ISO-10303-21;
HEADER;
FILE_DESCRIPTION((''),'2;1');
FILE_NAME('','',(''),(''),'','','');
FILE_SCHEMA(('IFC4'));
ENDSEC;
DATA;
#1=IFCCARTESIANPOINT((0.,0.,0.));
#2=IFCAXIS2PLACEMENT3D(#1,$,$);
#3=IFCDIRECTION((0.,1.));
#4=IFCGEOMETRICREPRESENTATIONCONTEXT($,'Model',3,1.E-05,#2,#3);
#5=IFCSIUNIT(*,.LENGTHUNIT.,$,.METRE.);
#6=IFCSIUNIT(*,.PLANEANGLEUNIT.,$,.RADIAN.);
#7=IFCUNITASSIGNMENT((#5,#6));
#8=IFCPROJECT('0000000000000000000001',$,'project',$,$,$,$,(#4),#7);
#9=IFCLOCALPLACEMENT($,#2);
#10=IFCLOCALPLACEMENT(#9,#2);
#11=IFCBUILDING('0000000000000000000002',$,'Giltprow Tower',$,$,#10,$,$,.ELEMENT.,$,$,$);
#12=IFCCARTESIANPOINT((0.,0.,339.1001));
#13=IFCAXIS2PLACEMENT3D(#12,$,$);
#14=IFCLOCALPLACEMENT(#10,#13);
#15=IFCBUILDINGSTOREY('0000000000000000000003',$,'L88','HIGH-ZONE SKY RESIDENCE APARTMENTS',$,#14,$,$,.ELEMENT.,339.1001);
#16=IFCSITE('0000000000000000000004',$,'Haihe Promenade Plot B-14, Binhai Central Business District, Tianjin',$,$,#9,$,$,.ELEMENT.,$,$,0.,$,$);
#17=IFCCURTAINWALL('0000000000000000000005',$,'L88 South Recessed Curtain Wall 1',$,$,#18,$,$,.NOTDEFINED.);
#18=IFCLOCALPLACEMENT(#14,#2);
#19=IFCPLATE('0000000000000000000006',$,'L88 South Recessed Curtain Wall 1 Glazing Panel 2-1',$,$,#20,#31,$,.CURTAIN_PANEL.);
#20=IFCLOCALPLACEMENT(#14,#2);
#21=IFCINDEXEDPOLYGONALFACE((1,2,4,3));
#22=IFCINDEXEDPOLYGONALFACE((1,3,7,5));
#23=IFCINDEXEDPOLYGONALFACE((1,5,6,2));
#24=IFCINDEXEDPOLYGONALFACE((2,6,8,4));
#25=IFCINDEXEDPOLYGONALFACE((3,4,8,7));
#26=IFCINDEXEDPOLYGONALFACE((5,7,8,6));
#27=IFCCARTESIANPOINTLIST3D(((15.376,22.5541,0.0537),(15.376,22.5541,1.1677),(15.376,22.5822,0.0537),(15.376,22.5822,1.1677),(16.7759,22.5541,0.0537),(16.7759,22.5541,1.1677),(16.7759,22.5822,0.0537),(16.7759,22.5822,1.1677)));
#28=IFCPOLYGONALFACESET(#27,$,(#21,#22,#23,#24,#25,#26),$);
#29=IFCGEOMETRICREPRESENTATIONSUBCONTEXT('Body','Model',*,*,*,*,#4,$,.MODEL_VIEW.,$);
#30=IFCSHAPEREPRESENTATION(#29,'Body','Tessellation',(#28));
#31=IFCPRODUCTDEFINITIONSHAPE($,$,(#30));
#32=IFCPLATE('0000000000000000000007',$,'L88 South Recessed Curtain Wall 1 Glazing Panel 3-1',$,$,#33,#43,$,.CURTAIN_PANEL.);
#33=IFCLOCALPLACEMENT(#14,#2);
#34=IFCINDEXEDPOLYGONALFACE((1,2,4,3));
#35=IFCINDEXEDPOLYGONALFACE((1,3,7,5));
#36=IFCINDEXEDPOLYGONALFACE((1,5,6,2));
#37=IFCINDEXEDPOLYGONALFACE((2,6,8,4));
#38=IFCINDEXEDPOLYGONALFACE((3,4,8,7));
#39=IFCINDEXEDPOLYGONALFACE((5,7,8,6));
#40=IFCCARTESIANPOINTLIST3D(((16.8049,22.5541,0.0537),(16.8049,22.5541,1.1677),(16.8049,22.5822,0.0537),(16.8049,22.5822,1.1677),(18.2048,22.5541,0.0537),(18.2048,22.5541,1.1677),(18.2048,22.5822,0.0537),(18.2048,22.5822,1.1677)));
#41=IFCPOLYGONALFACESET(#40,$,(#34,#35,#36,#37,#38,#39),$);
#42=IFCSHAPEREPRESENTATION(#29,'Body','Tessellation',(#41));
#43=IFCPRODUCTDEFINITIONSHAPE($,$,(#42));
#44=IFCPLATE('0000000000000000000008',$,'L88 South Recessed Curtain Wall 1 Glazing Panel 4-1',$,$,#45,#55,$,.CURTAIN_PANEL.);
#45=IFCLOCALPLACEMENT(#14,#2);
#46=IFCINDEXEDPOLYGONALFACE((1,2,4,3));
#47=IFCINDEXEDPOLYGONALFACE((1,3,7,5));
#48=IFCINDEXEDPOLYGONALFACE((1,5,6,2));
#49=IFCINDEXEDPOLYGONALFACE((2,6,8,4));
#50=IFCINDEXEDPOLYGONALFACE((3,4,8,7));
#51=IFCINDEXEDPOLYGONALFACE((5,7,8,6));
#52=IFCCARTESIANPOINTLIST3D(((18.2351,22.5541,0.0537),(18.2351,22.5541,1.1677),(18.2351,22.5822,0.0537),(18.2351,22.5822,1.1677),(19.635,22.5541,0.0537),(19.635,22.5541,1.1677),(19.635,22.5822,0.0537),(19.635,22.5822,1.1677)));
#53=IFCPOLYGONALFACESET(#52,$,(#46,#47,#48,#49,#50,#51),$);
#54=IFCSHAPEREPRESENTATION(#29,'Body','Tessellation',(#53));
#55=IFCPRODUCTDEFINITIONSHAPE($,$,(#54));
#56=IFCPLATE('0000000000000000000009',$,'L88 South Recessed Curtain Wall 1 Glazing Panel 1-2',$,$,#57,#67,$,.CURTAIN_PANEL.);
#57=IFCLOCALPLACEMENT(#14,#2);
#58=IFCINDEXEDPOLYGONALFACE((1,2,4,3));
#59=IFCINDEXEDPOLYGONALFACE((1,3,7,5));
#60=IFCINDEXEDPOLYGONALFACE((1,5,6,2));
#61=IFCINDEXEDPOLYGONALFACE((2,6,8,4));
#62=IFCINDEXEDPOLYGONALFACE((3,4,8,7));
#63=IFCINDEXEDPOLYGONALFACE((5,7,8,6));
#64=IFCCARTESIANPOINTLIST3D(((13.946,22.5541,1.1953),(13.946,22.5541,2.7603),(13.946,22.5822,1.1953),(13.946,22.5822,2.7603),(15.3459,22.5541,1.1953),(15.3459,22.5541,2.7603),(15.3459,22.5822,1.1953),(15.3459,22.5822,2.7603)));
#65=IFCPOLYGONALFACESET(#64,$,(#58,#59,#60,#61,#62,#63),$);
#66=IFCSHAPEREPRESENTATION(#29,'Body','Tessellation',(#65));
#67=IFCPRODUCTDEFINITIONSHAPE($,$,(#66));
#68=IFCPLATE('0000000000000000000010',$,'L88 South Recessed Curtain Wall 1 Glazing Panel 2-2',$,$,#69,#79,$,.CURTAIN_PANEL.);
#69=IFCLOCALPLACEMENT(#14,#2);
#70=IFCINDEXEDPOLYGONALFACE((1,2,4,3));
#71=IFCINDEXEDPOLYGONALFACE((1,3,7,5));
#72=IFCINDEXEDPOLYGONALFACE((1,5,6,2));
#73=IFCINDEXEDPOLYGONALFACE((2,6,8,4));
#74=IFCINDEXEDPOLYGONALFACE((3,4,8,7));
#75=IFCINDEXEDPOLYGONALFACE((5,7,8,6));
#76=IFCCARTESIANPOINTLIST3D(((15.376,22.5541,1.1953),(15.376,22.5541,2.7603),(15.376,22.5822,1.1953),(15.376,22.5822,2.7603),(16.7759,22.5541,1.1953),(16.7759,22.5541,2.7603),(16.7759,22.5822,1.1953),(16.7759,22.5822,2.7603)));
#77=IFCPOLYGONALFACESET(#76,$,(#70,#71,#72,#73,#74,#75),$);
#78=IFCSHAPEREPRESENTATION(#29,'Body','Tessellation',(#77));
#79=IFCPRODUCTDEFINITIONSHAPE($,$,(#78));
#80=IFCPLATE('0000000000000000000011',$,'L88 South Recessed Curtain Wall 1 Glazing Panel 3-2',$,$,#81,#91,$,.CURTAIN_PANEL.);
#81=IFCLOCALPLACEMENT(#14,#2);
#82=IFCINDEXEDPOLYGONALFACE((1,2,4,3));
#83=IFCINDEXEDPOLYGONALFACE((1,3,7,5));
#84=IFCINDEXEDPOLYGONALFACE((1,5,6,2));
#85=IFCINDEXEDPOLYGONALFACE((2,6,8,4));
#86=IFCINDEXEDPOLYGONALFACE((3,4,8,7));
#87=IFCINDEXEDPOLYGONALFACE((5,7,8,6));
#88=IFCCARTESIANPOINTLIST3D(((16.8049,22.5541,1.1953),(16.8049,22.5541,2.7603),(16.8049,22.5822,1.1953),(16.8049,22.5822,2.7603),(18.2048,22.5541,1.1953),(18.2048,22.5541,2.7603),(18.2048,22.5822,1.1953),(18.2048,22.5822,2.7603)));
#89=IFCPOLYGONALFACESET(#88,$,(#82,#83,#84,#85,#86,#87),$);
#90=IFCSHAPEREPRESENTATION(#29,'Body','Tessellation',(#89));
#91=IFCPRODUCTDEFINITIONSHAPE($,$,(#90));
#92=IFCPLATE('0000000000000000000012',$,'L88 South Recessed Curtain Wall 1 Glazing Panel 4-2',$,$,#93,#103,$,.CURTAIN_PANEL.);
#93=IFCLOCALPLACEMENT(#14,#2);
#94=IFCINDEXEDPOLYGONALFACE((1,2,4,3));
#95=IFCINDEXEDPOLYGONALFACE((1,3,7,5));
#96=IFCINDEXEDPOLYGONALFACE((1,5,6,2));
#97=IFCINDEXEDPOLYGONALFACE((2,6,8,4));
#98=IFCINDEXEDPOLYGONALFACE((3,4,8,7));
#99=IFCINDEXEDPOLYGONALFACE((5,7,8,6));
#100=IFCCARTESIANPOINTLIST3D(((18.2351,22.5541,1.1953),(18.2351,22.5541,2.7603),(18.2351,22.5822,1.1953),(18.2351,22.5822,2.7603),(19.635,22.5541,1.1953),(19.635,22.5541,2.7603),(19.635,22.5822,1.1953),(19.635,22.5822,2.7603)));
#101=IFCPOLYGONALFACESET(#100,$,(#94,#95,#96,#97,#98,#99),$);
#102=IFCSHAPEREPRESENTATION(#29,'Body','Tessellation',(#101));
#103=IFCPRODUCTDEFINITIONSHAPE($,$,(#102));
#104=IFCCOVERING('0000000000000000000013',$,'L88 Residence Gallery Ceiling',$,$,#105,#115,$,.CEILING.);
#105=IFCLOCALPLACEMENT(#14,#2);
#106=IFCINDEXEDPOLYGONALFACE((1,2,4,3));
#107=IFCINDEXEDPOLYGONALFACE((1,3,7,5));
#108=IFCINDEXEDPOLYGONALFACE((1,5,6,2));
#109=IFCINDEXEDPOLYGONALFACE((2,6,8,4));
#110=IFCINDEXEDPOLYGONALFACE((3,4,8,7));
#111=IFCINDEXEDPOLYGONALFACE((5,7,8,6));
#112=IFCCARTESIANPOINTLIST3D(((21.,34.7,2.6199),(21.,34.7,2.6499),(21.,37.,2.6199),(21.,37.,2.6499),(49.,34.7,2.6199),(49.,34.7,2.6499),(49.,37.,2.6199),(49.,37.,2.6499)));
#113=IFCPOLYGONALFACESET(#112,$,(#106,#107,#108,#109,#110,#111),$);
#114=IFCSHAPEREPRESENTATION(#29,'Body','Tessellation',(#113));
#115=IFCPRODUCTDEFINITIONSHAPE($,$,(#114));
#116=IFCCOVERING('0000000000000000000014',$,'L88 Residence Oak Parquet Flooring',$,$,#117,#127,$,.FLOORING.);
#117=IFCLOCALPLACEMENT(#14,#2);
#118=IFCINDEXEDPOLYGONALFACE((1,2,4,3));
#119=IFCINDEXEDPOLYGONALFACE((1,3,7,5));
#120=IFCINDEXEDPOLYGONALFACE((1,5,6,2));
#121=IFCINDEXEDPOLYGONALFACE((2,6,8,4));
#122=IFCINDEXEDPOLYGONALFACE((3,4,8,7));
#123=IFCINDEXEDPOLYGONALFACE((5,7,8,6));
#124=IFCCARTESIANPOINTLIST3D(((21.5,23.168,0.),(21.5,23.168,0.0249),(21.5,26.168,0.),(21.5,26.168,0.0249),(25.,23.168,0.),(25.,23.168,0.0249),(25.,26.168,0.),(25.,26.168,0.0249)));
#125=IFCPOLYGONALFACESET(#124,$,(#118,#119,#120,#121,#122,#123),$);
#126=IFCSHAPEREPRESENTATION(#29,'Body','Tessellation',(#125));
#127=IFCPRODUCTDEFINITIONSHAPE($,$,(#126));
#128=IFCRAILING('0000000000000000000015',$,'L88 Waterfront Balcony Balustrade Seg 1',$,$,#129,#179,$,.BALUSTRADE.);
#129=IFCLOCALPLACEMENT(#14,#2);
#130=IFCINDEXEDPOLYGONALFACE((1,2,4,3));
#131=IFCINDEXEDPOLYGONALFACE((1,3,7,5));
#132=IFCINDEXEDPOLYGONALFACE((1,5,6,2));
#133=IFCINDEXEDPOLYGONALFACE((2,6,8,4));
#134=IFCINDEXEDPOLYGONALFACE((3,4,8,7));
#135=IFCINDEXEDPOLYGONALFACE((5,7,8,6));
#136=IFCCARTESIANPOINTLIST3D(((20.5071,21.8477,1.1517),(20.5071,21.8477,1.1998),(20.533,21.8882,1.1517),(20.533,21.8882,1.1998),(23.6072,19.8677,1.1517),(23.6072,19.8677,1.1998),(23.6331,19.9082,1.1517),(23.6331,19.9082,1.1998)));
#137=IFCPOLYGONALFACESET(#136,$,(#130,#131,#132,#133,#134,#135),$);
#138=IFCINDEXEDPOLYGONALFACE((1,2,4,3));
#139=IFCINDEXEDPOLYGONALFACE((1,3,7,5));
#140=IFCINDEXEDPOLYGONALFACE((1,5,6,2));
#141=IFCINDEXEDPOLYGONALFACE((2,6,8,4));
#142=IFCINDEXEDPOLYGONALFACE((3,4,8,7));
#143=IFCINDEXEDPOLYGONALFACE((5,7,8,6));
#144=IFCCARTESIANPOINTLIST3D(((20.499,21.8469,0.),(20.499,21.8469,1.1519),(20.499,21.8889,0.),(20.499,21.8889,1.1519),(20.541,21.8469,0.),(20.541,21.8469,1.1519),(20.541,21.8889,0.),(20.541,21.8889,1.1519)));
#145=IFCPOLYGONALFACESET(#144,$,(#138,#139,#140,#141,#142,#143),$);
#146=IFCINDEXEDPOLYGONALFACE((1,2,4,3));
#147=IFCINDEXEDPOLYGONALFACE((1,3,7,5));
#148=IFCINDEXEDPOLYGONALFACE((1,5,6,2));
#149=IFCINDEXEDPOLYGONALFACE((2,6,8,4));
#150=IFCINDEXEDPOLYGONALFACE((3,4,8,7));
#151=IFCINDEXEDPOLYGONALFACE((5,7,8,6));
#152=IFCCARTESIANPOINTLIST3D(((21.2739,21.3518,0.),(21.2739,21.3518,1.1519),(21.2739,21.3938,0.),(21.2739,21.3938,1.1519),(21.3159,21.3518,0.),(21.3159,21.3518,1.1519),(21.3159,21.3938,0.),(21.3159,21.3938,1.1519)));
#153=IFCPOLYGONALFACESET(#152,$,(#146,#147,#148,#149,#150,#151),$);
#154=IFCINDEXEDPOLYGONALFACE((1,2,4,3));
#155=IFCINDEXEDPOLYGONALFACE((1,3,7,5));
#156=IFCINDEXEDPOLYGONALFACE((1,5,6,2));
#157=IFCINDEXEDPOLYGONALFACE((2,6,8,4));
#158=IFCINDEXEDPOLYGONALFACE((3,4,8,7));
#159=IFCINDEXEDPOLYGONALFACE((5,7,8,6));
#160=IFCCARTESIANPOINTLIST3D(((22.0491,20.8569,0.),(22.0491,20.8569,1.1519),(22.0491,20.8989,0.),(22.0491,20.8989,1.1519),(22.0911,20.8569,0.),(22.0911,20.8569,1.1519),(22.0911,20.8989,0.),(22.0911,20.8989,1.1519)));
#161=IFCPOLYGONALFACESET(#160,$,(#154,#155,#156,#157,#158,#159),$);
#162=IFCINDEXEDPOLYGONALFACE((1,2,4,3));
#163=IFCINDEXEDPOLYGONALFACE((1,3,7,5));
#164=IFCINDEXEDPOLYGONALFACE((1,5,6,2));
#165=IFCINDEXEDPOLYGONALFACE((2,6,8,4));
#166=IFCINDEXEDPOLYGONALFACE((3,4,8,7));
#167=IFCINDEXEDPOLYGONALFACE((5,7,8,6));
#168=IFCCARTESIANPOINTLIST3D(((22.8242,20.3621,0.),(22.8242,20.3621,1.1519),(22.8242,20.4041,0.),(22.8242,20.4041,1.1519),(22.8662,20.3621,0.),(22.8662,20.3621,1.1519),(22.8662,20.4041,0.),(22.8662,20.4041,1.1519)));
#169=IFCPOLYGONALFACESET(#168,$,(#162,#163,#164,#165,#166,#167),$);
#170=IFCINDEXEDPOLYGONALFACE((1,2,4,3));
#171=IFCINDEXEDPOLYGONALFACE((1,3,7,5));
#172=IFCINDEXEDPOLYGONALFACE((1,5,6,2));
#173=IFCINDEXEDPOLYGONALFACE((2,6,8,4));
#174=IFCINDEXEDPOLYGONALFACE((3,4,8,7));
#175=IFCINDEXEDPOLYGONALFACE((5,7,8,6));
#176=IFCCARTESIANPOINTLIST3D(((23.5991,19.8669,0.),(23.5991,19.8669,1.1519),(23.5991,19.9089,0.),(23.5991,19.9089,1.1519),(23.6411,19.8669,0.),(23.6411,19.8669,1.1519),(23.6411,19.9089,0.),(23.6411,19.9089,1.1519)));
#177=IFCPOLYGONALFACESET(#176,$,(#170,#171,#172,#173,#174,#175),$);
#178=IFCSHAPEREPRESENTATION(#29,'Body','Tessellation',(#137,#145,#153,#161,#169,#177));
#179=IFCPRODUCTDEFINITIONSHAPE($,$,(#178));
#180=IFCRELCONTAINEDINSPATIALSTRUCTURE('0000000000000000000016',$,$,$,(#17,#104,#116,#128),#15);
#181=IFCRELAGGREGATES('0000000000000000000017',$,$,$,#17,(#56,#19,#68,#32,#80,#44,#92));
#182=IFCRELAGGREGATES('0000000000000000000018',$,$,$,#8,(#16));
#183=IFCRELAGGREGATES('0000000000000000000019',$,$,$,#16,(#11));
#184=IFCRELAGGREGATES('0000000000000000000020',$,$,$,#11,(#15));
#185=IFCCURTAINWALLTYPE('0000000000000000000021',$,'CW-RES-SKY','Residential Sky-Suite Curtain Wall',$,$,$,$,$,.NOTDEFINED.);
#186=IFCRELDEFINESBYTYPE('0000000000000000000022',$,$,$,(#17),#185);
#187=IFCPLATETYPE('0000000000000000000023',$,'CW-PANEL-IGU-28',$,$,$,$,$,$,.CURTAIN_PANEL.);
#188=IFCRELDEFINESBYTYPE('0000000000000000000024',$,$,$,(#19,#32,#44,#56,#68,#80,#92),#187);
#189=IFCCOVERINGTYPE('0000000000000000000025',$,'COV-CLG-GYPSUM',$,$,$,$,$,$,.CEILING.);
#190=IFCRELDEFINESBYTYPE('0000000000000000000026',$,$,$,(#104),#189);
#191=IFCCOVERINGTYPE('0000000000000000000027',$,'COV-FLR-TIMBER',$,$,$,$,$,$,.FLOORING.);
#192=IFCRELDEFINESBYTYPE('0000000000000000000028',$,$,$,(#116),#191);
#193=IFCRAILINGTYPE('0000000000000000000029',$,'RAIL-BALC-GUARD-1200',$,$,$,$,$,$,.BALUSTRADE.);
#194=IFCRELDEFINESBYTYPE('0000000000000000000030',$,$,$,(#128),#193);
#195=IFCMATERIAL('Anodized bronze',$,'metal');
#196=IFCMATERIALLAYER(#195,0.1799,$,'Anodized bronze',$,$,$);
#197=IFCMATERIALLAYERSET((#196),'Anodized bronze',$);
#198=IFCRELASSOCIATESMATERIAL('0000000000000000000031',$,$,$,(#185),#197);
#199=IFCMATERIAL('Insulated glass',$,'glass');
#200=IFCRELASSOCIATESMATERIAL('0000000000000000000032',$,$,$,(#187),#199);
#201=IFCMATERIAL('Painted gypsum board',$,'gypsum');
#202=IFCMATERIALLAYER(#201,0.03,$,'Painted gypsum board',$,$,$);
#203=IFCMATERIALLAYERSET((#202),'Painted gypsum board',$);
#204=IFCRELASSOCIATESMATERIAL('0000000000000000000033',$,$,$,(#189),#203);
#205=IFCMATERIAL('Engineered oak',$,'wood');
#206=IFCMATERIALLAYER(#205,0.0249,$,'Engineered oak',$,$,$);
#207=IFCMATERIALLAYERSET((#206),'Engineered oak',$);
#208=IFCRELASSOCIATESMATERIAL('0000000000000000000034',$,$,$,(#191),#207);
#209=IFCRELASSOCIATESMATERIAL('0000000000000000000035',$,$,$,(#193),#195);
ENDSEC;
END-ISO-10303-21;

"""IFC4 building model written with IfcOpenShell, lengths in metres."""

from ifc_helpers import new_model, si_unit, direction, frame, origin, origin_2d, place, context, subcontext, project, spatial, polyline, rectangle, outline, extrude, source, transform, mapped, material, layer, layer_set, type_object, element, aggregate, save


model = new_model("IFC4")

# Units and contexts
model_context = context("Model", 3, precision=1e-05, world=origin(), true_north=direction((0.0, 1.0)))
body_context = subcontext(model_context, "Body", "Model", "MODEL_VIEW")
ifc_project = project(units=[si_unit("LENGTHUNIT", "METRE"), si_unit("PLANEANGLEUNIT", "RADIAN")], contexts=[model_context])

# Site, building, storey
site_placement = place(None, origin())
site = spatial("IfcSite", under=ifc_project, at=site_placement, Name="Haihe Promenade Plot B-14, Binhai Central Business District, Tianjin", CompositionType="ELEMENT", RefElevation=0.0)
building_placement = place(site_placement, origin())
building = spatial("IfcBuilding", under=site, at=building_placement, Name="Giltprow Tower", CompositionType="ELEMENT")
storey_placement = place(building_placement, frame((0.0, 0.0, 339.1001)))
storey = spatial("IfcBuildingStorey", under=building, at=storey_placement, Name="L88", Description="HIGH-ZONE SKY RESIDENCE APARTMENTS", CompositionType="ELEMENT", Elevation=339.1001)

# Curtain wall
ifc_material_1 = material(Name="Anodized bronze", Category="metal")
ifc_layer_1 = layer(ifc_material_1, 0.1799, Name="Anodized bronze")
ifc_layer_set_1 = layer_set([ifc_layer_1], Name="Anodized bronze")
curtain_wall_type = type_object("IfcCurtainWallType", Name="CW-RES-SKY", Description="Residential Sky-Suite Curtain Wall", PredefinedType="NOTDEFINED", material=ifc_layer_set_1)
curtain_wall_placement = place(storey_placement, origin())
curtain_wall = element("IfcCurtainWall", 1, at=curtain_wall_placement, inside=storey, type_object=curtain_wall_type, Name="L88 South Recessed Curtain Wall 1", PredefinedType="NOTDEFINED")

# Plates
ifc_material_2 = material(Name="Insulated glass", Category="glass")
plate_type = type_object("IfcPlateType", Name="CW-PANEL-IGU-28", PredefinedType="CURTAIN_PANEL", material=ifc_material_2)
shared_shape_1 = source(origin(), body_context, "Body", "SweptSolid", [
    extrude(rectangle(XDim=1.3999, YDim=0.0281, at=origin_2d()), origin(), (0.0, 0.0, 1.0), 1.114),
])
plate_1_placement = place(storey_placement, frame((16.0759, 22.5681, 0.0537), z_axis=(0.0, 0.0, 1.0), x_axis=(1.0, 0.0, 0.0)))
plate_1 = element("IfcPlate", 2, at=plate_1_placement, type_object=plate_type, Name="L88 South Recessed Curtain Wall 1 Glazing Panel 2-1", PredefinedType="CURTAIN_PANEL", context=body_context, shape_type="MappedRepresentation", body=[
    mapped(shared_shape_1, transform((0.0, 0.0, 0.0), x_axis=(1.0, 0.0, 0.0), y_axis=(0.0, 1.0, 0.0), z_axis=(0.0, 0.0, 1.0), scale=1.0)),
])
plate_2_placement = place(storey_placement, frame((17.5049, 22.5681, 0.0537), z_axis=(0.0, 0.0, 1.0), x_axis=(1.0, 0.0, 0.0)))
plate_2 = element("IfcPlate", 3, at=plate_2_placement, type_object=plate_type, Name="L88 South Recessed Curtain Wall 1 Glazing Panel 3-1", PredefinedType="CURTAIN_PANEL", context=body_context, shape_type="MappedRepresentation", body=[
    mapped(shared_shape_1, transform((0.0, 0.0, 0.0), x_axis=(1.0, 0.0, 0.0), y_axis=(0.0, 1.0, 0.0), z_axis=(0.0, 0.0, 1.0), scale=1.0)),
])
plate_3_placement = place(storey_placement, frame((18.9351, 22.5681, 0.0537), z_axis=(0.0, 0.0, 1.0), x_axis=(1.0, 0.0, 0.0)))
plate_3 = element("IfcPlate", 4, at=plate_3_placement, type_object=plate_type, Name="L88 South Recessed Curtain Wall 1 Glazing Panel 4-1", PredefinedType="CURTAIN_PANEL", context=body_context, shape_type="MappedRepresentation", body=[
    mapped(shared_shape_1, transform((0.0, 0.0, 0.0), x_axis=(1.0, 0.0, 0.0), y_axis=(0.0, 1.0, 0.0), z_axis=(0.0, 0.0, 1.0), scale=1.0)),
])
shared_shape_2 = source(origin(), body_context, "Body", "SweptSolid", [
    extrude(rectangle(XDim=1.3999, YDim=0.0281, at=origin_2d()), origin(), (0.0, 0.0, 1.0), 1.5649),
])
plate_4_placement = place(storey_placement, frame((14.646, 22.5681, 1.1953), z_axis=(0.0, 0.0, 1.0), x_axis=(1.0, 0.0, 0.0)))
plate_4 = element("IfcPlate", 5, at=plate_4_placement, type_object=plate_type, Name="L88 South Recessed Curtain Wall 1 Glazing Panel 1-2", PredefinedType="CURTAIN_PANEL", context=body_context, shape_type="MappedRepresentation", body=[
    mapped(shared_shape_2, transform((0.0, 0.0, 0.0), x_axis=(1.0, 0.0, 0.0), y_axis=(0.0, 1.0, 0.0), z_axis=(0.0, 0.0, 1.0), scale=1.0)),
])
plate_5_placement = place(storey_placement, frame((16.0759, 22.5681, 1.1953), z_axis=(0.0, 0.0, 1.0), x_axis=(1.0, 0.0, 0.0)))
plate_5 = element("IfcPlate", 6, at=plate_5_placement, type_object=plate_type, Name="L88 South Recessed Curtain Wall 1 Glazing Panel 2-2", PredefinedType="CURTAIN_PANEL", context=body_context, shape_type="MappedRepresentation", body=[
    mapped(shared_shape_2, transform((0.0, 0.0, 0.0), x_axis=(1.0, 0.0, 0.0), y_axis=(0.0, 1.0, 0.0), z_axis=(0.0, 0.0, 1.0), scale=1.0)),
])
plate_6_placement = place(storey_placement, frame((17.5049, 22.5681, 1.1953), z_axis=(0.0, 0.0, 1.0), x_axis=(1.0, 0.0, 0.0)))
plate_6 = element("IfcPlate", 7, at=plate_6_placement, type_object=plate_type, Name="L88 South Recessed Curtain Wall 1 Glazing Panel 3-2", PredefinedType="CURTAIN_PANEL", context=body_context, shape_type="MappedRepresentation", body=[
    mapped(shared_shape_2, transform((0.0, 0.0, 0.0), x_axis=(1.0, 0.0, 0.0), y_axis=(0.0, 1.0, 0.0), z_axis=(0.0, 0.0, 1.0), scale=1.0)),
])
plate_7_placement = place(storey_placement, frame((18.9351, 22.5681, 1.1953), z_axis=(0.0, 0.0, 1.0), x_axis=(1.0, 0.0, 0.0)))
plate_7 = element("IfcPlate", 8, at=plate_7_placement, type_object=plate_type, Name="L88 South Recessed Curtain Wall 1 Glazing Panel 4-2", PredefinedType="CURTAIN_PANEL", context=body_context, shape_type="MappedRepresentation", body=[
    mapped(shared_shape_2, transform((0.0, 0.0, 0.0), x_axis=(1.0, 0.0, 0.0), y_axis=(0.0, 1.0, 0.0), z_axis=(0.0, 0.0, 1.0), scale=1.0)),
])
aggregate(curtain_wall, [plate_4, plate_1, plate_5, plate_2, plate_6, plate_3, plate_7])

# Coverings
ifc_material_3 = material(Name="Painted gypsum board", Category="gypsum")
ifc_layer_2 = layer(ifc_material_3, 0.03, Name="Painted gypsum board")
ifc_layer_set_2 = layer_set([ifc_layer_2], Name="Painted gypsum board")
covering_type_1 = type_object("IfcCoveringType", Name="COV-CLG-GYPSUM", PredefinedType="CEILING", material=ifc_layer_set_2)
covering_1_placement = place(storey_placement, frame((0.0, 0.0, 2.6199)))
element("IfcCovering", 9, at=covering_1_placement, inside=storey, type_object=covering_type_1, Name="L88 Residence Gallery Ceiling", PredefinedType="CEILING", context=body_context, shape_type="SweptSolid", body=[
    extrude(outline(polyline([(21.0, 34.7), (49.0, 34.7), (49.0, 37.0), (21.0, 37.0), (21.0, 34.7)])), origin(), (0.0, 0.0, 1.0), 0.03),
])
ifc_material_4 = material(Name="Engineered oak", Category="wood")
ifc_layer_3 = layer(ifc_material_4, 0.0249, Name="Engineered oak")
ifc_layer_set_3 = layer_set([ifc_layer_3], Name="Engineered oak")
covering_type_2 = type_object("IfcCoveringType", Name="COV-FLR-TIMBER", PredefinedType="FLOORING", material=ifc_layer_set_3)
covering_2_placement = place(storey_placement, origin())
element("IfcCovering", 10, at=covering_2_placement, inside=storey, type_object=covering_type_2, Name="L88 Residence Oak Parquet Flooring", PredefinedType="FLOORING", context=body_context, shape_type="SweptSolid", body=[
    extrude(outline(polyline([(21.5, 23.168), (25.0, 23.168), (25.0, 26.168), (21.5, 26.168), (21.5, 23.168)])), origin(), (0.0, 0.0, 1.0), 0.0249),
])

# Railing
railing_type = type_object("IfcRailingType", Name="RAIL-BALC-GUARD-1200", PredefinedType="BALUSTRADE", material=ifc_material_1)
railing_1_placement = place(storey_placement, frame((20.52, 21.8679, 0.0)))
element("IfcRailing", 11, at=railing_1_placement, inside=storey, type_object=railing_type, Name="L88 Waterfront Balcony Balustrade Seg 1", PredefinedType="BALUSTRADE", context=body_context, shape_type="SweptSolid", body=[
    extrude(rectangle(XDim=0.0481, YDim=0.0481, at=origin_2d()), frame((0.0, 0.0, 1.1758), z_axis=(0.842775, -0.538266, 0.0), x_axis=(0.538266, 0.842775, 0.0)), (0.0, 0.0, 1.0), 3.6785),
    extrude(rectangle(XDim=0.042, YDim=0.042, at=origin_2d()), origin(), (0.0, 0.0, 1.0), 1.1519),
    extrude(rectangle(XDim=0.042, YDim=0.042, at=origin_2d()), frame((0.7749, -0.4951, 0.0)), (0.0, 0.0, 1.0), 1.1519),
    extrude(rectangle(XDim=0.042, YDim=0.042, at=origin_2d()), frame((1.55, -0.99, 0.0)), (0.0, 0.0, 1.0), 1.1519),
    extrude(rectangle(XDim=0.042, YDim=0.042, at=origin_2d()), frame((2.3252, -1.4849, 0.0)), (0.0, 0.0, 1.0), 1.1519),
    extrude(rectangle(XDim=0.042, YDim=0.042, at=origin_2d()), frame((3.1001, -1.98, 0.0)), (0.0, 0.0, 1.0), 1.1519),
])

save(model, "model.ifc")
